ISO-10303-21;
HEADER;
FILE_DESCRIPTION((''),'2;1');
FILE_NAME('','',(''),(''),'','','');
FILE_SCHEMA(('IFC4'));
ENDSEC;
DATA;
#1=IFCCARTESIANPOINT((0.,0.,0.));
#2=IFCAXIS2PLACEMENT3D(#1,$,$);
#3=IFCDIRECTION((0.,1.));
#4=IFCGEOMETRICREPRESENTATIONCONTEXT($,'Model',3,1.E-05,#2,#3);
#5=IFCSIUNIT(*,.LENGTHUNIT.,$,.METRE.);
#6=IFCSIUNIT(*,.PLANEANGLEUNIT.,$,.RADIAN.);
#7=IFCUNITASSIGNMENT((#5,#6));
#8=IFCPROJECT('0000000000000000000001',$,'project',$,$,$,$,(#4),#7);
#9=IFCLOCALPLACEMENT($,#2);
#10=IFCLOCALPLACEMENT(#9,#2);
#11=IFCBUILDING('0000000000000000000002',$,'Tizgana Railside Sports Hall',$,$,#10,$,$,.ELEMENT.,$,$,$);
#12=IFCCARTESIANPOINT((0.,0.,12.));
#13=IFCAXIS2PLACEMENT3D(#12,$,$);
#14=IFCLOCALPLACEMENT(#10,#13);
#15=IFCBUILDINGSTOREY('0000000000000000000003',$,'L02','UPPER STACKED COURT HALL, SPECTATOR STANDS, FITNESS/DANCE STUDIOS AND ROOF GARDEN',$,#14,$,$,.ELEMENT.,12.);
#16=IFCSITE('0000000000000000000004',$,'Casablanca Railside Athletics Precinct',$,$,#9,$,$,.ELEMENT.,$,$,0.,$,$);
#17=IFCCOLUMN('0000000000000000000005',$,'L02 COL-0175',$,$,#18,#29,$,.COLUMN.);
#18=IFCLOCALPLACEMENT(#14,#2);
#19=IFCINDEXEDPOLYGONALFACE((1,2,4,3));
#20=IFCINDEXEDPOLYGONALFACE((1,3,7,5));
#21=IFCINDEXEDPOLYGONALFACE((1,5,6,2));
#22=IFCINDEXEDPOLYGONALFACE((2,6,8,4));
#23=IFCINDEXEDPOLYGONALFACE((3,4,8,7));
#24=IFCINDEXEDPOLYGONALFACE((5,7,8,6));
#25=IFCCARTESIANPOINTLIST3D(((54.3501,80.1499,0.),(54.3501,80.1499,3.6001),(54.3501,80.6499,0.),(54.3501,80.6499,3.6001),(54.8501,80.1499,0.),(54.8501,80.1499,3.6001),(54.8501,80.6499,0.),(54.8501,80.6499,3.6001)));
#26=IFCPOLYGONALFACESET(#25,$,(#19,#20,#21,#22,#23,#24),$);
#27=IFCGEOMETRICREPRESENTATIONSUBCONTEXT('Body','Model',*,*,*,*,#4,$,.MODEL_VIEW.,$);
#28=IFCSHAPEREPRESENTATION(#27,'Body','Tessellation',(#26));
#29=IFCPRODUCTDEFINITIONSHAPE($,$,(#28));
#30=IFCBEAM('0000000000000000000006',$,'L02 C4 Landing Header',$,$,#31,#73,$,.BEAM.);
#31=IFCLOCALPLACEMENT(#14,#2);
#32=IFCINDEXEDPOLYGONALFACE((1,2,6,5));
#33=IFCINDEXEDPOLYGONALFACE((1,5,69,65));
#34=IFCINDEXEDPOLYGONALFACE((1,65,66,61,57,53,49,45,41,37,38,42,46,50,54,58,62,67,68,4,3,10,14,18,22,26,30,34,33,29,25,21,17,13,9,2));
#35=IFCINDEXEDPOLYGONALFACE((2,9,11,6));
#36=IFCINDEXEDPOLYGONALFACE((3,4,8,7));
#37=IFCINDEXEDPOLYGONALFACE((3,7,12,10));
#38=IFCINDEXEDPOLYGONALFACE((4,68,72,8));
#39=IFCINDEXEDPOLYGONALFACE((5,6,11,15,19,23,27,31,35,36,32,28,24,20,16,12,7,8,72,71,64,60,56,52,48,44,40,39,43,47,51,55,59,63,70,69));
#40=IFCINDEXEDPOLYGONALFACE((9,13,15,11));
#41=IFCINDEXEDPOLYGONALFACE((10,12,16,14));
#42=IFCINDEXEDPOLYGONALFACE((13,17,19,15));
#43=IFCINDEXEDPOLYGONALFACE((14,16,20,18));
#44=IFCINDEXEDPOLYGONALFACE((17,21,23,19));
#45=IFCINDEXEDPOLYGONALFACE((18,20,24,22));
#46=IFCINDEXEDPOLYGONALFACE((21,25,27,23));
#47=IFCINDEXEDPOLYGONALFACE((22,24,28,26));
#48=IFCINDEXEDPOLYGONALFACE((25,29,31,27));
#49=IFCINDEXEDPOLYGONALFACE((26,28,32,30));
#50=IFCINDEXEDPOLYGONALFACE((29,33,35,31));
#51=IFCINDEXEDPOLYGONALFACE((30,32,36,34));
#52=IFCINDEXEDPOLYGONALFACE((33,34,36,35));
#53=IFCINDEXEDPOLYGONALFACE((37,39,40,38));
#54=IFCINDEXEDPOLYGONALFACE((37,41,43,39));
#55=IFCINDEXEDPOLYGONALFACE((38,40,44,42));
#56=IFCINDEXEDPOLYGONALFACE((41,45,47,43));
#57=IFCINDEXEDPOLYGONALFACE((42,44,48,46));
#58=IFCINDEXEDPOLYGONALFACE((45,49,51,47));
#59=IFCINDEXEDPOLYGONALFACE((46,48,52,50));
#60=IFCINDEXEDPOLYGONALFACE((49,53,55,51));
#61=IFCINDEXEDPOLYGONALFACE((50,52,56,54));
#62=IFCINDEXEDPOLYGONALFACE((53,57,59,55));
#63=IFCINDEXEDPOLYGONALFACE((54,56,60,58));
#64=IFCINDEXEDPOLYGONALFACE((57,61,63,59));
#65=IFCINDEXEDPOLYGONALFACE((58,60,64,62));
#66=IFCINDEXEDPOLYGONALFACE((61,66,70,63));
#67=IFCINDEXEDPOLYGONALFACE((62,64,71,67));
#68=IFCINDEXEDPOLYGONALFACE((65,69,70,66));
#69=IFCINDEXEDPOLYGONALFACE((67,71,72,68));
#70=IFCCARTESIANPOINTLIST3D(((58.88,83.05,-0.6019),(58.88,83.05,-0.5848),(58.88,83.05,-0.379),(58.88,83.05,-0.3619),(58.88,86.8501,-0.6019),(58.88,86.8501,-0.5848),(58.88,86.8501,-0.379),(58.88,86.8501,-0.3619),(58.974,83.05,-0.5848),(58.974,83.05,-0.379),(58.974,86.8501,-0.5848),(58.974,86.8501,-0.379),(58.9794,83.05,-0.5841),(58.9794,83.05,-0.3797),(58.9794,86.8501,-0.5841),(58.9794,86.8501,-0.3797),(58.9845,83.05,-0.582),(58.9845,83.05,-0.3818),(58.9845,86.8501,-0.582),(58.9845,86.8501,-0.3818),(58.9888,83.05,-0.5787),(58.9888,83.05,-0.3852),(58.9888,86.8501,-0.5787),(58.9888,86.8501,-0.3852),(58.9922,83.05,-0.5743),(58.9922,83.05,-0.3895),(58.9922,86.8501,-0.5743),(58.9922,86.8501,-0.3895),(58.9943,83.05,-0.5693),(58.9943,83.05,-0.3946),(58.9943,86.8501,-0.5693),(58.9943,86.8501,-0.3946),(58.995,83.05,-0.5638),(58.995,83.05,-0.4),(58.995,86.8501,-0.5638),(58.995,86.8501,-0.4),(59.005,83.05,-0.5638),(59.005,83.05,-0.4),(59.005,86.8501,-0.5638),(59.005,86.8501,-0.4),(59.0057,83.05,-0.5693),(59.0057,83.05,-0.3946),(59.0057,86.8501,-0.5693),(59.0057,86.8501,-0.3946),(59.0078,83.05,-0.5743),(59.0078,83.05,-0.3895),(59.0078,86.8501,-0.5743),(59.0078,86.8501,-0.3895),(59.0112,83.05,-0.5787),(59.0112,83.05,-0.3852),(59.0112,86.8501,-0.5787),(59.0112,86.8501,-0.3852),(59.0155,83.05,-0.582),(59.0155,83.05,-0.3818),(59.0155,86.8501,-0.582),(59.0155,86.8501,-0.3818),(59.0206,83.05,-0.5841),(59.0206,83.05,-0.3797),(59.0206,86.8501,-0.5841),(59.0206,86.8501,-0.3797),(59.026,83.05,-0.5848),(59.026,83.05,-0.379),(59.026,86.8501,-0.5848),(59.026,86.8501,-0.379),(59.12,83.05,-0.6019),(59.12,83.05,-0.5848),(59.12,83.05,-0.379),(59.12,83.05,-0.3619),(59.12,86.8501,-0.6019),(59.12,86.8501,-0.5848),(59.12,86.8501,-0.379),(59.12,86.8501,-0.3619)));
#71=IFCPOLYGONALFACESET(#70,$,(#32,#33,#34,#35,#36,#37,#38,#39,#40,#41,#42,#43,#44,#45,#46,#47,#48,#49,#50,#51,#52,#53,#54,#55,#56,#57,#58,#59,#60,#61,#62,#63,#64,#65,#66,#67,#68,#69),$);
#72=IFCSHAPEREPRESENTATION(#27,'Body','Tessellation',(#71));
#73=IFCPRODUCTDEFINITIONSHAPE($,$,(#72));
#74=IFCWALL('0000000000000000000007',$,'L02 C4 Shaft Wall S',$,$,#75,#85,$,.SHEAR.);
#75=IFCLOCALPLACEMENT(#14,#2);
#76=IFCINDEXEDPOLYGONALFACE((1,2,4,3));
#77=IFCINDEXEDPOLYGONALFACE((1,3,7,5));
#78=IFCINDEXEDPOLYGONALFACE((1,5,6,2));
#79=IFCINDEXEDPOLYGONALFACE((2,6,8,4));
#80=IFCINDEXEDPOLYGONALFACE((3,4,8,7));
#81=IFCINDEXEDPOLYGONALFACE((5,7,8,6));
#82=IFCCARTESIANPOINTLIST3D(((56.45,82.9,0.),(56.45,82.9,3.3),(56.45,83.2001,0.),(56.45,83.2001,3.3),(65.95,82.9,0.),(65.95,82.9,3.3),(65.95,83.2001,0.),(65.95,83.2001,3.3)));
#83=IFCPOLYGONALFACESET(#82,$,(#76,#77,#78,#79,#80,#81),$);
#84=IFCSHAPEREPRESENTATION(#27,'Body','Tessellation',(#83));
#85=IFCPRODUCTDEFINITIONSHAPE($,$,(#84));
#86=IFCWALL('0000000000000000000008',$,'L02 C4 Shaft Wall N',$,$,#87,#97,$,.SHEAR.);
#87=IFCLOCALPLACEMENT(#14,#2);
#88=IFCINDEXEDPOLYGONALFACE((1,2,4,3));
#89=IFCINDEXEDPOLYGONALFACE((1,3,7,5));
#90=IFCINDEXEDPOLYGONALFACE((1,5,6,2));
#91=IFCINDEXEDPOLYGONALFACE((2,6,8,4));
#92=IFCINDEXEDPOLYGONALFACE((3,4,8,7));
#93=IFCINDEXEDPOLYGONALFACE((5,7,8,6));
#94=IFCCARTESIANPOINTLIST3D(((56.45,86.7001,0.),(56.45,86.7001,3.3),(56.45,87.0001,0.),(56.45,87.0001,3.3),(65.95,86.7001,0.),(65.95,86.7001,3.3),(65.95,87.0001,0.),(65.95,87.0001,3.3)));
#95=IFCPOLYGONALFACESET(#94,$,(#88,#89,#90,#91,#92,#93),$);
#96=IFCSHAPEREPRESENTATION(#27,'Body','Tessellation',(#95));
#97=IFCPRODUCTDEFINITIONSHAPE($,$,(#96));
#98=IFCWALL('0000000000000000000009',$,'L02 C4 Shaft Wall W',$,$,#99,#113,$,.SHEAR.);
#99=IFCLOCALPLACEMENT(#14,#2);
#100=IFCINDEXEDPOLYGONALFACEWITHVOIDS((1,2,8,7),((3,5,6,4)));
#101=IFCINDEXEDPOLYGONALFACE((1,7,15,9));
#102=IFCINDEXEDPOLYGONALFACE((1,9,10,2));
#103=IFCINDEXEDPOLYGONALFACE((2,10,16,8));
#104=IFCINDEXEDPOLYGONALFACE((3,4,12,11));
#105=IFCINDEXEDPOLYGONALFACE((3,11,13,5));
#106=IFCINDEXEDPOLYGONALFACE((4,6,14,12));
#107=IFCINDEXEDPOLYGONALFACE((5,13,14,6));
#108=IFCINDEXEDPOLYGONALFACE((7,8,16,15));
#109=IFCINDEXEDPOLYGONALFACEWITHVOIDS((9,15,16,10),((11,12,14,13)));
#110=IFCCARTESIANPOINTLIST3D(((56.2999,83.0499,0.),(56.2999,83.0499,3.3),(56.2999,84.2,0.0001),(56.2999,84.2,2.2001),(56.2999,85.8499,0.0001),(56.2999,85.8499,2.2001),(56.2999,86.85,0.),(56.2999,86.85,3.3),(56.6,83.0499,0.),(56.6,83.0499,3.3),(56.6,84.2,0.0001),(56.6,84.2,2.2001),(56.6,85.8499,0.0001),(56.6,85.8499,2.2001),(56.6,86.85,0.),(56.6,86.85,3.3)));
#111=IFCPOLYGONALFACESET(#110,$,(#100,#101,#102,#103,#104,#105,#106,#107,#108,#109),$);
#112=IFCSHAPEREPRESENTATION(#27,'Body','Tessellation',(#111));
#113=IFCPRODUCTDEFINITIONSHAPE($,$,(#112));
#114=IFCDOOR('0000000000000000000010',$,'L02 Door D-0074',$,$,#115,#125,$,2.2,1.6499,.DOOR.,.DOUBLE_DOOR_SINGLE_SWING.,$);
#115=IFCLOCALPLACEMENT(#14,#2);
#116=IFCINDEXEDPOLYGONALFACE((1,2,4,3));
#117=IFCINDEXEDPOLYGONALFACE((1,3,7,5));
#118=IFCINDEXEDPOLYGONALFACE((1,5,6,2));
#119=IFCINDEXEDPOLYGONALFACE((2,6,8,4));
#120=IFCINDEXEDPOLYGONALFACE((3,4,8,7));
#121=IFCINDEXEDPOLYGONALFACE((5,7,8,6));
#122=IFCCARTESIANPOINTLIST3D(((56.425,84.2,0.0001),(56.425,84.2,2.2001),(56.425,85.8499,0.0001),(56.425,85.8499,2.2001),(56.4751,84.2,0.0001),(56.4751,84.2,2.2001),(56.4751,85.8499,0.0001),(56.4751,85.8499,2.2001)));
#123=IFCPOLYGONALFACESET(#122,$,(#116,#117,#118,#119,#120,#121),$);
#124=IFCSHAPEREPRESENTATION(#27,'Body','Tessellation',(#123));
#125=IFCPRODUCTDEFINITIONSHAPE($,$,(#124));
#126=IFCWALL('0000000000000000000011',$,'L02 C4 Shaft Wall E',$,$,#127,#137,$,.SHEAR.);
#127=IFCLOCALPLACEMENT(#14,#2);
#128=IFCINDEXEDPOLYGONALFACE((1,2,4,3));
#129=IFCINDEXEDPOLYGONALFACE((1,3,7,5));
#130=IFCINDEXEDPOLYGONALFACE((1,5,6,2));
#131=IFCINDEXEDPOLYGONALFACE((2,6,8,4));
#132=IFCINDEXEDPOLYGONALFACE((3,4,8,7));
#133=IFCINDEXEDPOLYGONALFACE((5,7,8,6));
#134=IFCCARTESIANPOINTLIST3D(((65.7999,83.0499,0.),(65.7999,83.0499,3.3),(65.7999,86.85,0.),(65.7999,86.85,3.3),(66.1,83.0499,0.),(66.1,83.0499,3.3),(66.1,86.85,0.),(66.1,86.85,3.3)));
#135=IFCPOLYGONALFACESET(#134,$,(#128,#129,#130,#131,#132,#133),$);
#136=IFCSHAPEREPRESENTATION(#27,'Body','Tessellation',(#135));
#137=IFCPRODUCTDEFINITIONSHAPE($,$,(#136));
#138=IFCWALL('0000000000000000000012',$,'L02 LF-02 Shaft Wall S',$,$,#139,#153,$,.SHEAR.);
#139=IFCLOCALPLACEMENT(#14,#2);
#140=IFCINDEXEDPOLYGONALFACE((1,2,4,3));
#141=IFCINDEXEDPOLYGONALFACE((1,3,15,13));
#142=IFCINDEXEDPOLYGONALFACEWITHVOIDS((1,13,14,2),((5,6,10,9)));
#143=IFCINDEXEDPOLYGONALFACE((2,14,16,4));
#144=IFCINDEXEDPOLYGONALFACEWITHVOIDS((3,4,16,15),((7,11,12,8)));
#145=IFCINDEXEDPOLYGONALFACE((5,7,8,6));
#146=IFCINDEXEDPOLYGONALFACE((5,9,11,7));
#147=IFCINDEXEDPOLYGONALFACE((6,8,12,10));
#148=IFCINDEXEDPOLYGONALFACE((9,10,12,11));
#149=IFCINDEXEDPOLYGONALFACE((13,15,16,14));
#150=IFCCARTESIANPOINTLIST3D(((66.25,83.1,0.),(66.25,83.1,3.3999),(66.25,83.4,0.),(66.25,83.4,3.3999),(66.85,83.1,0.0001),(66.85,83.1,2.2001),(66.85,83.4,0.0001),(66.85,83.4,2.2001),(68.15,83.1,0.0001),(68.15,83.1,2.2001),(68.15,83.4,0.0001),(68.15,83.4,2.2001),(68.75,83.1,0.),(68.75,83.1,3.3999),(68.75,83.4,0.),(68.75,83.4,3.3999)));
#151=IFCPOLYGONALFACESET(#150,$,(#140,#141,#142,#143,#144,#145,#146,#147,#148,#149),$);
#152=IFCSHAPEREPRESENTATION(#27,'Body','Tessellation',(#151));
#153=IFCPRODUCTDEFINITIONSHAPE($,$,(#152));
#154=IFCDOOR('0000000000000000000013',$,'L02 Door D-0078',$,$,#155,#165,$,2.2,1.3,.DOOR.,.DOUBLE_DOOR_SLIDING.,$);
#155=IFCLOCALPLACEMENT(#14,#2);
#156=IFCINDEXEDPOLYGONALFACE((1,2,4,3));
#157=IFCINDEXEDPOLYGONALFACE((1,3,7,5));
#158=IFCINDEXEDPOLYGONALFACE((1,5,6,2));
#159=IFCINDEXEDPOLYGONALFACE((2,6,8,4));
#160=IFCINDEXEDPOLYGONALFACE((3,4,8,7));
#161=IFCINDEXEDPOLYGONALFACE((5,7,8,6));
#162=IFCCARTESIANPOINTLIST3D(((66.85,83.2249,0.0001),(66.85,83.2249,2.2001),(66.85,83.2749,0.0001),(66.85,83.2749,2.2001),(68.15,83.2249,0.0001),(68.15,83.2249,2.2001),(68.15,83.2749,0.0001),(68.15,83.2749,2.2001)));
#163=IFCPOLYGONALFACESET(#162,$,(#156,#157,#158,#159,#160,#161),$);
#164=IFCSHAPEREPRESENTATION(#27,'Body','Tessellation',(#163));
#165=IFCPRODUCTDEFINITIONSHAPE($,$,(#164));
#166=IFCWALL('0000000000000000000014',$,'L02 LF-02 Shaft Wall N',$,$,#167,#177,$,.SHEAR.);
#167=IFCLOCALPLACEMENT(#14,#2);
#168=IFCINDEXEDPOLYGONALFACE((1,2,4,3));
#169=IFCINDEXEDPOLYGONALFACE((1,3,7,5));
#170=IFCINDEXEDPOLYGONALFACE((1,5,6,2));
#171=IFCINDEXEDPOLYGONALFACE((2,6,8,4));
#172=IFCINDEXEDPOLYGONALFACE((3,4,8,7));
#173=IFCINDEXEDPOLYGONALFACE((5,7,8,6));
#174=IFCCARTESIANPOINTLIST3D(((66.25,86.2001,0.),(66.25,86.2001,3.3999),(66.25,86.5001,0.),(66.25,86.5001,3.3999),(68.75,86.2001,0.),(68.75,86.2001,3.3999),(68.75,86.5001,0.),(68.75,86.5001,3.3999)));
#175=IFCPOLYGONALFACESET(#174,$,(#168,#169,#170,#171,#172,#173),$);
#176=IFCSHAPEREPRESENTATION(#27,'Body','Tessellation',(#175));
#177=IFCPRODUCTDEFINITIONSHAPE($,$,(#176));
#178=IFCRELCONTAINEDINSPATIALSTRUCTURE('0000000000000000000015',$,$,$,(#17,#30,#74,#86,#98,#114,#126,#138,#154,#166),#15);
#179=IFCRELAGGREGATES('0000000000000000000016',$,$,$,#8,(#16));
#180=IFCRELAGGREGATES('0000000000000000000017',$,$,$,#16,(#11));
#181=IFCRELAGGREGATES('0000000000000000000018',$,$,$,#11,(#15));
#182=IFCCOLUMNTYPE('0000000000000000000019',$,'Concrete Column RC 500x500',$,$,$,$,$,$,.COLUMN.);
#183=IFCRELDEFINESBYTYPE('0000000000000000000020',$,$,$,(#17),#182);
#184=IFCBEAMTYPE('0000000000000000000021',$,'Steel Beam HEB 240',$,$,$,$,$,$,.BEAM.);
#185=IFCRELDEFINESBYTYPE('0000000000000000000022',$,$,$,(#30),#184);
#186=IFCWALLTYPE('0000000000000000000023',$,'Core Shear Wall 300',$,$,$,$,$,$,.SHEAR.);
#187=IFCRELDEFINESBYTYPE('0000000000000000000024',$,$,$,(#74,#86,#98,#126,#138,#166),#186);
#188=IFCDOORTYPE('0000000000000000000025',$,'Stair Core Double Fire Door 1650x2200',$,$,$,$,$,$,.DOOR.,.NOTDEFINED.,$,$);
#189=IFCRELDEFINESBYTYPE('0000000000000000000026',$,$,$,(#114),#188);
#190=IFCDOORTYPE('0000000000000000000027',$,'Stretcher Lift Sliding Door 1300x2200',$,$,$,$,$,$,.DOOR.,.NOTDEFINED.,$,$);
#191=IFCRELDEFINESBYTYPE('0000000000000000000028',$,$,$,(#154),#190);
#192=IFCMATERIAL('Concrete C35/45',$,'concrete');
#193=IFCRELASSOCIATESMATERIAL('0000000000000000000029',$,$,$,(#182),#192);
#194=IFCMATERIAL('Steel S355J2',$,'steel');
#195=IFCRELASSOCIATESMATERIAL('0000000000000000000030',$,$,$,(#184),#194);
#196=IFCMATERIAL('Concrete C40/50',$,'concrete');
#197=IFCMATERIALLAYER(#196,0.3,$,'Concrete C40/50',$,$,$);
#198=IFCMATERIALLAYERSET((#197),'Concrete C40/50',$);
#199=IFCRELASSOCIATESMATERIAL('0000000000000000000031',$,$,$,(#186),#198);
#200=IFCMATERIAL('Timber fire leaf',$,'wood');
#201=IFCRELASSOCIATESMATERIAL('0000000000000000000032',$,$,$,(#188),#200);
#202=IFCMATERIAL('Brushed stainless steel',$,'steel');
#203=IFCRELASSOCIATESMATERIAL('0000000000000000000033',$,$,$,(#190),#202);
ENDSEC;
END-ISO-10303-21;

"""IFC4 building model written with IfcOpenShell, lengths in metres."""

from ifc_helpers import new_model, si_unit, direction, frame, frame_2d, origin, origin_2d, place, context, subcontext, project, spatial, rectangle, i_section, extrude, material, layer, layer_set, material_profile, profile_set, type_object, element, fill, save


model = new_model("IFC4")

# Units and contexts
model_context = context("Model", 3, precision=1e-05, world=origin(), true_north=direction((0.0, 1.0)))
body_context = subcontext(model_context, "Body", "Model", "MODEL_VIEW")
ifc_project = project(units=[si_unit("LENGTHUNIT", "METRE"), si_unit("PLANEANGLEUNIT", "RADIAN")], contexts=[model_context])

# Site, building, storey
site_placement = place(None, origin())
site = spatial("IfcSite", under=ifc_project, at=site_placement, Name="Casablanca Railside Athletics Precinct", CompositionType="ELEMENT", RefElevation=0.0)
building_placement = place(site_placement, origin())
building = spatial("IfcBuilding", under=site, at=building_placement, Name="Tizgana Railside Sports Hall", CompositionType="ELEMENT")
storey_placement = place(building_placement, frame((0.0, 0.0, 12.0)))
storey = spatial("IfcBuildingStorey", under=building, at=storey_placement, Name="L02", Description="UPPER STACKED COURT HALL, SPECTATOR STANDS, FITNESS/DANCE STUDIOS AND ROOF GARDEN", CompositionType="ELEMENT", Elevation=12.0)

# Column
ifc_material_1 = material(Name="Concrete C35/45", Category="concrete")
ifc_material_profile_1 = material_profile(ifc_material_1, rectangle(XDim=0.5, YDim=0.5, at=origin_2d()), Name="RC 500x500")
ifc_profile_set_1 = profile_set([ifc_material_profile_1], Name="Concrete C35/45")
column_type = type_object("IfcColumnType", Name="Concrete Column RC 500x500", PredefinedType="COLUMN", material=ifc_profile_set_1)
column_placement = place(storey_placement, frame((54.6001, 80.3999, 0.0), z_axis=(0.0, 0.0, 1.0), x_axis=(1.0, 0.0, 0.0)))
element("IfcColumn", 1, at=column_placement, inside=storey, type_object=column_type, Name="L02 COL-0175", PredefinedType="COLUMN", context=body_context, shape_type="SweptSolid", body=[
    extrude(rectangle(XDim=0.5, YDim=0.5, at=origin_2d()), origin(), (0.0, 0.0, 1.0), 3.6001),
])

# Beam
ifc_material_2 = material(Name="Steel S355J2", Category="steel")
ifc_material_profile_2 = material_profile(ifc_material_2, i_section(OverallWidth=0.24, OverallDepth=0.24, WebThickness=0.01, FlangeThickness=0.0171, FilletRadius=0.021, at=origin_2d()), Name="HEB 240")
ifc_profile_set_2 = profile_set([ifc_material_profile_2], Name="Steel S355J2")
beam_type = type_object("IfcBeamType", Name="Steel Beam HEB 240", PredefinedType="BEAM", material=ifc_profile_set_2)
beam_placement = place(storey_placement, frame((59.0, 83.05, -0.4819), z_axis=(0.0, 1.0, 0.0), x_axis=(-1.0, 0.0, 0.0)))
element("IfcBeam", 2, at=beam_placement, inside=storey, type_object=beam_type, Name="L02 C4 Landing Header", PredefinedType="BEAM", context=body_context, shape_type="SweptSolid", body=[
    extrude(i_section(OverallWidth=0.24, OverallDepth=0.24, WebThickness=0.01, FlangeThickness=0.0171, FilletRadius=0.021, at=origin_2d()), origin(), (0.0, 0.0, 1.0), 3.8),
])

# Walls
ifc_material_3 = material(Name="Concrete C40/50", Category="concrete")
ifc_layer_1 = layer(ifc_material_3, 0.3, Name="Concrete C40/50")
ifc_layer_set_1 = layer_set([ifc_layer_1], Name="Concrete C40/50")
wall_type_1 = type_object("IfcWallType", Name="Core Shear Wall 300", PredefinedType="SHEAR", material=ifc_layer_set_1)
for number, where, z_axis, x_axis, name in (
    (3, (65.95, 83.05, 0.0), (0.0, 0.0, 1.0), (-1.0, 0.0, 0.0), "L02 C4 Shaft Wall S"),
    (4, (56.45, 86.8501, 0.0), (0.0, 0.0, 1.0), (1.0, 0.0, 0.0), "L02 C4 Shaft Wall N"),
):
    element("IfcWall", number, at=place(storey_placement, frame(where, z_axis=z_axis, x_axis=x_axis)), inside=storey, type_object=wall_type_1, Name=name, PredefinedType="SHEAR", context=body_context, shape_type="SweptSolid", body=[
        extrude(rectangle(XDim=9.5, YDim=0.3, at=frame_2d((4.75, 0.0))), origin(), (0.0, 0.0, 1.0), 3.3),
    ])

# Wall, opening, door
wall_1_placement = place(storey_placement, frame((56.45, 83.05, 0.0), z_axis=(0.0, 0.0, 1.0), x_axis=(0.0, 1.0, 0.0)))
wall_1 = element("IfcWall", 5, at=wall_1_placement, inside=storey, type_object=wall_type_1, Name="L02 C4 Shaft Wall W", PredefinedType="SHEAR", context=body_context, shape_type="SweptSolid", body=[
    extrude(rectangle(XDim=3.8, YDim=0.3, at=frame_2d((1.8999, 0.0))), origin(), (0.0, 0.0, 1.0), 3.3),
])
opening_1_placement = place(wall_1_placement, frame((1.1499, 0.0, 0.0)))
opening_1 = element("IfcOpeningElement", 6, at=opening_1_placement, cuts=wall_1, PredefinedType="OPENING", context=body_context, shape_type="SweptSolid", body=[
    extrude(rectangle(XDim=1.6499, YDim=2.2, at=frame_2d((0.825, 1.1001))), frame((0.0, 0.1599, 0.0), z_axis=(0.0, -1.0, 0.0), x_axis=(1.0, 0.0, 0.0)), (0.0, 0.0, 1.0), 0.3201),
])
ifc_material_4 = material(Name="Timber fire leaf", Category="wood")
door_type_1 = type_object("IfcDoorType", Name="Stair Core Double Fire Door 1650x2200", OperationType="NOTDEFINED", PredefinedType="DOOR", material=ifc_material_4)
door_1_placement = place(opening_1_placement, origin())
door_1 = element("IfcDoor", 7, at=door_1_placement, inside=storey, type_object=door_type_1, Name="L02 Door D-0074", OperationType="DOUBLE_DOOR_SINGLE_SWING", OverallHeight=2.2, OverallWidth=1.6499, PredefinedType="DOOR", context=body_context, shape_type="SweptSolid", body=[
    extrude(rectangle(XDim=1.6499, YDim=2.2, at=frame_2d((0.825, 1.1001))), frame((0.0, 0.0249, 0.0), z_axis=(0.0, -1.0, 0.0), x_axis=(1.0, 0.0, 0.0)), (0.0, 0.0, 1.0), 0.05),
])
fill(opening_1, door_1)

# Wall
wall_2_placement = place(storey_placement, frame((65.95, 83.05, 0.0), z_axis=(0.0, 0.0, 1.0), x_axis=(0.0, 1.0, 0.0)))
element("IfcWall", 8, at=wall_2_placement, inside=storey, type_object=wall_type_1, Name="L02 C4 Shaft Wall E", PredefinedType="SHEAR", context=body_context, shape_type="SweptSolid", body=[
    extrude(rectangle(XDim=3.8, YDim=0.3, at=frame_2d((1.8999, 0.0))), origin(), (0.0, 0.0, 1.0), 3.3),
])

# Wall, opening, door
wall_3_placement = place(storey_placement, frame((66.25, 83.25, 0.0), z_axis=(0.0, 0.0, 1.0), x_axis=(1.0, 0.0, 0.0)))
wall_3 = element("IfcWall", 9, at=wall_3_placement, inside=storey, type_object=wall_type_1, Name="L02 LF-02 Shaft Wall S", PredefinedType="SHEAR", context=body_context, shape_type="SweptSolid", body=[
    extrude(rectangle(XDim=2.5, YDim=0.3, at=frame_2d((1.25, 0.0))), origin(), (0.0, 0.0, 1.0), 3.3999),
])
opening_2_placement = place(wall_3_placement, frame((0.6001, 0.0, 0.0)))
opening_2 = element("IfcOpeningElement", 10, at=opening_2_placement, cuts=wall_3, PredefinedType="OPENING", context=body_context, shape_type="SweptSolid", body=[
    extrude(rectangle(XDim=1.3, YDim=2.2, at=frame_2d((0.6499, 1.1001))), frame((0.0, 0.1599, 0.0), z_axis=(0.0, -1.0, 0.0), x_axis=(1.0, 0.0, 0.0)), (0.0, 0.0, 1.0), 0.3201),
])
ifc_material_5 = material(Name="Brushed stainless steel", Category="steel")
door_type_2 = type_object("IfcDoorType", Name="Stretcher Lift Sliding Door 1300x2200", OperationType="NOTDEFINED", PredefinedType="DOOR", material=ifc_material_5)
door_2_placement = place(opening_2_placement, origin())
door_2 = element("IfcDoor", 11, at=door_2_placement, inside=storey, type_object=door_type_2, Name="L02 Door D-0078", OperationType="DOUBLE_DOOR_SLIDING", OverallHeight=2.2, OverallWidth=1.3, PredefinedType="DOOR", context=body_context, shape_type="SweptSolid", body=[
    extrude(rectangle(XDim=1.3, YDim=2.2, at=frame_2d((0.6499, 1.1001))), frame((0.0, 0.0249, 0.0), z_axis=(0.0, -1.0, 0.0), x_axis=(1.0, 0.0, 0.0)), (0.0, 0.0, 1.0), 0.05),
])
fill(opening_2, door_2)

# Wall
wall_4_placement = place(storey_placement, frame((66.25, 86.3501, 0.0), z_axis=(0.0, 0.0, 1.0), x_axis=(1.0, 0.0, 0.0)))
element("IfcWall", 12, at=wall_4_placement, inside=storey, type_object=wall_type_1, Name="L02 LF-02 Shaft Wall N", PredefinedType="SHEAR", context=body_context, shape_type="SweptSolid", body=[
    extrude(rectangle(XDim=2.5, YDim=0.3, at=frame_2d((1.25, 0.0))), origin(), (0.0, 0.0, 1.0), 3.3999),
])

save(model, "model.ifc")
